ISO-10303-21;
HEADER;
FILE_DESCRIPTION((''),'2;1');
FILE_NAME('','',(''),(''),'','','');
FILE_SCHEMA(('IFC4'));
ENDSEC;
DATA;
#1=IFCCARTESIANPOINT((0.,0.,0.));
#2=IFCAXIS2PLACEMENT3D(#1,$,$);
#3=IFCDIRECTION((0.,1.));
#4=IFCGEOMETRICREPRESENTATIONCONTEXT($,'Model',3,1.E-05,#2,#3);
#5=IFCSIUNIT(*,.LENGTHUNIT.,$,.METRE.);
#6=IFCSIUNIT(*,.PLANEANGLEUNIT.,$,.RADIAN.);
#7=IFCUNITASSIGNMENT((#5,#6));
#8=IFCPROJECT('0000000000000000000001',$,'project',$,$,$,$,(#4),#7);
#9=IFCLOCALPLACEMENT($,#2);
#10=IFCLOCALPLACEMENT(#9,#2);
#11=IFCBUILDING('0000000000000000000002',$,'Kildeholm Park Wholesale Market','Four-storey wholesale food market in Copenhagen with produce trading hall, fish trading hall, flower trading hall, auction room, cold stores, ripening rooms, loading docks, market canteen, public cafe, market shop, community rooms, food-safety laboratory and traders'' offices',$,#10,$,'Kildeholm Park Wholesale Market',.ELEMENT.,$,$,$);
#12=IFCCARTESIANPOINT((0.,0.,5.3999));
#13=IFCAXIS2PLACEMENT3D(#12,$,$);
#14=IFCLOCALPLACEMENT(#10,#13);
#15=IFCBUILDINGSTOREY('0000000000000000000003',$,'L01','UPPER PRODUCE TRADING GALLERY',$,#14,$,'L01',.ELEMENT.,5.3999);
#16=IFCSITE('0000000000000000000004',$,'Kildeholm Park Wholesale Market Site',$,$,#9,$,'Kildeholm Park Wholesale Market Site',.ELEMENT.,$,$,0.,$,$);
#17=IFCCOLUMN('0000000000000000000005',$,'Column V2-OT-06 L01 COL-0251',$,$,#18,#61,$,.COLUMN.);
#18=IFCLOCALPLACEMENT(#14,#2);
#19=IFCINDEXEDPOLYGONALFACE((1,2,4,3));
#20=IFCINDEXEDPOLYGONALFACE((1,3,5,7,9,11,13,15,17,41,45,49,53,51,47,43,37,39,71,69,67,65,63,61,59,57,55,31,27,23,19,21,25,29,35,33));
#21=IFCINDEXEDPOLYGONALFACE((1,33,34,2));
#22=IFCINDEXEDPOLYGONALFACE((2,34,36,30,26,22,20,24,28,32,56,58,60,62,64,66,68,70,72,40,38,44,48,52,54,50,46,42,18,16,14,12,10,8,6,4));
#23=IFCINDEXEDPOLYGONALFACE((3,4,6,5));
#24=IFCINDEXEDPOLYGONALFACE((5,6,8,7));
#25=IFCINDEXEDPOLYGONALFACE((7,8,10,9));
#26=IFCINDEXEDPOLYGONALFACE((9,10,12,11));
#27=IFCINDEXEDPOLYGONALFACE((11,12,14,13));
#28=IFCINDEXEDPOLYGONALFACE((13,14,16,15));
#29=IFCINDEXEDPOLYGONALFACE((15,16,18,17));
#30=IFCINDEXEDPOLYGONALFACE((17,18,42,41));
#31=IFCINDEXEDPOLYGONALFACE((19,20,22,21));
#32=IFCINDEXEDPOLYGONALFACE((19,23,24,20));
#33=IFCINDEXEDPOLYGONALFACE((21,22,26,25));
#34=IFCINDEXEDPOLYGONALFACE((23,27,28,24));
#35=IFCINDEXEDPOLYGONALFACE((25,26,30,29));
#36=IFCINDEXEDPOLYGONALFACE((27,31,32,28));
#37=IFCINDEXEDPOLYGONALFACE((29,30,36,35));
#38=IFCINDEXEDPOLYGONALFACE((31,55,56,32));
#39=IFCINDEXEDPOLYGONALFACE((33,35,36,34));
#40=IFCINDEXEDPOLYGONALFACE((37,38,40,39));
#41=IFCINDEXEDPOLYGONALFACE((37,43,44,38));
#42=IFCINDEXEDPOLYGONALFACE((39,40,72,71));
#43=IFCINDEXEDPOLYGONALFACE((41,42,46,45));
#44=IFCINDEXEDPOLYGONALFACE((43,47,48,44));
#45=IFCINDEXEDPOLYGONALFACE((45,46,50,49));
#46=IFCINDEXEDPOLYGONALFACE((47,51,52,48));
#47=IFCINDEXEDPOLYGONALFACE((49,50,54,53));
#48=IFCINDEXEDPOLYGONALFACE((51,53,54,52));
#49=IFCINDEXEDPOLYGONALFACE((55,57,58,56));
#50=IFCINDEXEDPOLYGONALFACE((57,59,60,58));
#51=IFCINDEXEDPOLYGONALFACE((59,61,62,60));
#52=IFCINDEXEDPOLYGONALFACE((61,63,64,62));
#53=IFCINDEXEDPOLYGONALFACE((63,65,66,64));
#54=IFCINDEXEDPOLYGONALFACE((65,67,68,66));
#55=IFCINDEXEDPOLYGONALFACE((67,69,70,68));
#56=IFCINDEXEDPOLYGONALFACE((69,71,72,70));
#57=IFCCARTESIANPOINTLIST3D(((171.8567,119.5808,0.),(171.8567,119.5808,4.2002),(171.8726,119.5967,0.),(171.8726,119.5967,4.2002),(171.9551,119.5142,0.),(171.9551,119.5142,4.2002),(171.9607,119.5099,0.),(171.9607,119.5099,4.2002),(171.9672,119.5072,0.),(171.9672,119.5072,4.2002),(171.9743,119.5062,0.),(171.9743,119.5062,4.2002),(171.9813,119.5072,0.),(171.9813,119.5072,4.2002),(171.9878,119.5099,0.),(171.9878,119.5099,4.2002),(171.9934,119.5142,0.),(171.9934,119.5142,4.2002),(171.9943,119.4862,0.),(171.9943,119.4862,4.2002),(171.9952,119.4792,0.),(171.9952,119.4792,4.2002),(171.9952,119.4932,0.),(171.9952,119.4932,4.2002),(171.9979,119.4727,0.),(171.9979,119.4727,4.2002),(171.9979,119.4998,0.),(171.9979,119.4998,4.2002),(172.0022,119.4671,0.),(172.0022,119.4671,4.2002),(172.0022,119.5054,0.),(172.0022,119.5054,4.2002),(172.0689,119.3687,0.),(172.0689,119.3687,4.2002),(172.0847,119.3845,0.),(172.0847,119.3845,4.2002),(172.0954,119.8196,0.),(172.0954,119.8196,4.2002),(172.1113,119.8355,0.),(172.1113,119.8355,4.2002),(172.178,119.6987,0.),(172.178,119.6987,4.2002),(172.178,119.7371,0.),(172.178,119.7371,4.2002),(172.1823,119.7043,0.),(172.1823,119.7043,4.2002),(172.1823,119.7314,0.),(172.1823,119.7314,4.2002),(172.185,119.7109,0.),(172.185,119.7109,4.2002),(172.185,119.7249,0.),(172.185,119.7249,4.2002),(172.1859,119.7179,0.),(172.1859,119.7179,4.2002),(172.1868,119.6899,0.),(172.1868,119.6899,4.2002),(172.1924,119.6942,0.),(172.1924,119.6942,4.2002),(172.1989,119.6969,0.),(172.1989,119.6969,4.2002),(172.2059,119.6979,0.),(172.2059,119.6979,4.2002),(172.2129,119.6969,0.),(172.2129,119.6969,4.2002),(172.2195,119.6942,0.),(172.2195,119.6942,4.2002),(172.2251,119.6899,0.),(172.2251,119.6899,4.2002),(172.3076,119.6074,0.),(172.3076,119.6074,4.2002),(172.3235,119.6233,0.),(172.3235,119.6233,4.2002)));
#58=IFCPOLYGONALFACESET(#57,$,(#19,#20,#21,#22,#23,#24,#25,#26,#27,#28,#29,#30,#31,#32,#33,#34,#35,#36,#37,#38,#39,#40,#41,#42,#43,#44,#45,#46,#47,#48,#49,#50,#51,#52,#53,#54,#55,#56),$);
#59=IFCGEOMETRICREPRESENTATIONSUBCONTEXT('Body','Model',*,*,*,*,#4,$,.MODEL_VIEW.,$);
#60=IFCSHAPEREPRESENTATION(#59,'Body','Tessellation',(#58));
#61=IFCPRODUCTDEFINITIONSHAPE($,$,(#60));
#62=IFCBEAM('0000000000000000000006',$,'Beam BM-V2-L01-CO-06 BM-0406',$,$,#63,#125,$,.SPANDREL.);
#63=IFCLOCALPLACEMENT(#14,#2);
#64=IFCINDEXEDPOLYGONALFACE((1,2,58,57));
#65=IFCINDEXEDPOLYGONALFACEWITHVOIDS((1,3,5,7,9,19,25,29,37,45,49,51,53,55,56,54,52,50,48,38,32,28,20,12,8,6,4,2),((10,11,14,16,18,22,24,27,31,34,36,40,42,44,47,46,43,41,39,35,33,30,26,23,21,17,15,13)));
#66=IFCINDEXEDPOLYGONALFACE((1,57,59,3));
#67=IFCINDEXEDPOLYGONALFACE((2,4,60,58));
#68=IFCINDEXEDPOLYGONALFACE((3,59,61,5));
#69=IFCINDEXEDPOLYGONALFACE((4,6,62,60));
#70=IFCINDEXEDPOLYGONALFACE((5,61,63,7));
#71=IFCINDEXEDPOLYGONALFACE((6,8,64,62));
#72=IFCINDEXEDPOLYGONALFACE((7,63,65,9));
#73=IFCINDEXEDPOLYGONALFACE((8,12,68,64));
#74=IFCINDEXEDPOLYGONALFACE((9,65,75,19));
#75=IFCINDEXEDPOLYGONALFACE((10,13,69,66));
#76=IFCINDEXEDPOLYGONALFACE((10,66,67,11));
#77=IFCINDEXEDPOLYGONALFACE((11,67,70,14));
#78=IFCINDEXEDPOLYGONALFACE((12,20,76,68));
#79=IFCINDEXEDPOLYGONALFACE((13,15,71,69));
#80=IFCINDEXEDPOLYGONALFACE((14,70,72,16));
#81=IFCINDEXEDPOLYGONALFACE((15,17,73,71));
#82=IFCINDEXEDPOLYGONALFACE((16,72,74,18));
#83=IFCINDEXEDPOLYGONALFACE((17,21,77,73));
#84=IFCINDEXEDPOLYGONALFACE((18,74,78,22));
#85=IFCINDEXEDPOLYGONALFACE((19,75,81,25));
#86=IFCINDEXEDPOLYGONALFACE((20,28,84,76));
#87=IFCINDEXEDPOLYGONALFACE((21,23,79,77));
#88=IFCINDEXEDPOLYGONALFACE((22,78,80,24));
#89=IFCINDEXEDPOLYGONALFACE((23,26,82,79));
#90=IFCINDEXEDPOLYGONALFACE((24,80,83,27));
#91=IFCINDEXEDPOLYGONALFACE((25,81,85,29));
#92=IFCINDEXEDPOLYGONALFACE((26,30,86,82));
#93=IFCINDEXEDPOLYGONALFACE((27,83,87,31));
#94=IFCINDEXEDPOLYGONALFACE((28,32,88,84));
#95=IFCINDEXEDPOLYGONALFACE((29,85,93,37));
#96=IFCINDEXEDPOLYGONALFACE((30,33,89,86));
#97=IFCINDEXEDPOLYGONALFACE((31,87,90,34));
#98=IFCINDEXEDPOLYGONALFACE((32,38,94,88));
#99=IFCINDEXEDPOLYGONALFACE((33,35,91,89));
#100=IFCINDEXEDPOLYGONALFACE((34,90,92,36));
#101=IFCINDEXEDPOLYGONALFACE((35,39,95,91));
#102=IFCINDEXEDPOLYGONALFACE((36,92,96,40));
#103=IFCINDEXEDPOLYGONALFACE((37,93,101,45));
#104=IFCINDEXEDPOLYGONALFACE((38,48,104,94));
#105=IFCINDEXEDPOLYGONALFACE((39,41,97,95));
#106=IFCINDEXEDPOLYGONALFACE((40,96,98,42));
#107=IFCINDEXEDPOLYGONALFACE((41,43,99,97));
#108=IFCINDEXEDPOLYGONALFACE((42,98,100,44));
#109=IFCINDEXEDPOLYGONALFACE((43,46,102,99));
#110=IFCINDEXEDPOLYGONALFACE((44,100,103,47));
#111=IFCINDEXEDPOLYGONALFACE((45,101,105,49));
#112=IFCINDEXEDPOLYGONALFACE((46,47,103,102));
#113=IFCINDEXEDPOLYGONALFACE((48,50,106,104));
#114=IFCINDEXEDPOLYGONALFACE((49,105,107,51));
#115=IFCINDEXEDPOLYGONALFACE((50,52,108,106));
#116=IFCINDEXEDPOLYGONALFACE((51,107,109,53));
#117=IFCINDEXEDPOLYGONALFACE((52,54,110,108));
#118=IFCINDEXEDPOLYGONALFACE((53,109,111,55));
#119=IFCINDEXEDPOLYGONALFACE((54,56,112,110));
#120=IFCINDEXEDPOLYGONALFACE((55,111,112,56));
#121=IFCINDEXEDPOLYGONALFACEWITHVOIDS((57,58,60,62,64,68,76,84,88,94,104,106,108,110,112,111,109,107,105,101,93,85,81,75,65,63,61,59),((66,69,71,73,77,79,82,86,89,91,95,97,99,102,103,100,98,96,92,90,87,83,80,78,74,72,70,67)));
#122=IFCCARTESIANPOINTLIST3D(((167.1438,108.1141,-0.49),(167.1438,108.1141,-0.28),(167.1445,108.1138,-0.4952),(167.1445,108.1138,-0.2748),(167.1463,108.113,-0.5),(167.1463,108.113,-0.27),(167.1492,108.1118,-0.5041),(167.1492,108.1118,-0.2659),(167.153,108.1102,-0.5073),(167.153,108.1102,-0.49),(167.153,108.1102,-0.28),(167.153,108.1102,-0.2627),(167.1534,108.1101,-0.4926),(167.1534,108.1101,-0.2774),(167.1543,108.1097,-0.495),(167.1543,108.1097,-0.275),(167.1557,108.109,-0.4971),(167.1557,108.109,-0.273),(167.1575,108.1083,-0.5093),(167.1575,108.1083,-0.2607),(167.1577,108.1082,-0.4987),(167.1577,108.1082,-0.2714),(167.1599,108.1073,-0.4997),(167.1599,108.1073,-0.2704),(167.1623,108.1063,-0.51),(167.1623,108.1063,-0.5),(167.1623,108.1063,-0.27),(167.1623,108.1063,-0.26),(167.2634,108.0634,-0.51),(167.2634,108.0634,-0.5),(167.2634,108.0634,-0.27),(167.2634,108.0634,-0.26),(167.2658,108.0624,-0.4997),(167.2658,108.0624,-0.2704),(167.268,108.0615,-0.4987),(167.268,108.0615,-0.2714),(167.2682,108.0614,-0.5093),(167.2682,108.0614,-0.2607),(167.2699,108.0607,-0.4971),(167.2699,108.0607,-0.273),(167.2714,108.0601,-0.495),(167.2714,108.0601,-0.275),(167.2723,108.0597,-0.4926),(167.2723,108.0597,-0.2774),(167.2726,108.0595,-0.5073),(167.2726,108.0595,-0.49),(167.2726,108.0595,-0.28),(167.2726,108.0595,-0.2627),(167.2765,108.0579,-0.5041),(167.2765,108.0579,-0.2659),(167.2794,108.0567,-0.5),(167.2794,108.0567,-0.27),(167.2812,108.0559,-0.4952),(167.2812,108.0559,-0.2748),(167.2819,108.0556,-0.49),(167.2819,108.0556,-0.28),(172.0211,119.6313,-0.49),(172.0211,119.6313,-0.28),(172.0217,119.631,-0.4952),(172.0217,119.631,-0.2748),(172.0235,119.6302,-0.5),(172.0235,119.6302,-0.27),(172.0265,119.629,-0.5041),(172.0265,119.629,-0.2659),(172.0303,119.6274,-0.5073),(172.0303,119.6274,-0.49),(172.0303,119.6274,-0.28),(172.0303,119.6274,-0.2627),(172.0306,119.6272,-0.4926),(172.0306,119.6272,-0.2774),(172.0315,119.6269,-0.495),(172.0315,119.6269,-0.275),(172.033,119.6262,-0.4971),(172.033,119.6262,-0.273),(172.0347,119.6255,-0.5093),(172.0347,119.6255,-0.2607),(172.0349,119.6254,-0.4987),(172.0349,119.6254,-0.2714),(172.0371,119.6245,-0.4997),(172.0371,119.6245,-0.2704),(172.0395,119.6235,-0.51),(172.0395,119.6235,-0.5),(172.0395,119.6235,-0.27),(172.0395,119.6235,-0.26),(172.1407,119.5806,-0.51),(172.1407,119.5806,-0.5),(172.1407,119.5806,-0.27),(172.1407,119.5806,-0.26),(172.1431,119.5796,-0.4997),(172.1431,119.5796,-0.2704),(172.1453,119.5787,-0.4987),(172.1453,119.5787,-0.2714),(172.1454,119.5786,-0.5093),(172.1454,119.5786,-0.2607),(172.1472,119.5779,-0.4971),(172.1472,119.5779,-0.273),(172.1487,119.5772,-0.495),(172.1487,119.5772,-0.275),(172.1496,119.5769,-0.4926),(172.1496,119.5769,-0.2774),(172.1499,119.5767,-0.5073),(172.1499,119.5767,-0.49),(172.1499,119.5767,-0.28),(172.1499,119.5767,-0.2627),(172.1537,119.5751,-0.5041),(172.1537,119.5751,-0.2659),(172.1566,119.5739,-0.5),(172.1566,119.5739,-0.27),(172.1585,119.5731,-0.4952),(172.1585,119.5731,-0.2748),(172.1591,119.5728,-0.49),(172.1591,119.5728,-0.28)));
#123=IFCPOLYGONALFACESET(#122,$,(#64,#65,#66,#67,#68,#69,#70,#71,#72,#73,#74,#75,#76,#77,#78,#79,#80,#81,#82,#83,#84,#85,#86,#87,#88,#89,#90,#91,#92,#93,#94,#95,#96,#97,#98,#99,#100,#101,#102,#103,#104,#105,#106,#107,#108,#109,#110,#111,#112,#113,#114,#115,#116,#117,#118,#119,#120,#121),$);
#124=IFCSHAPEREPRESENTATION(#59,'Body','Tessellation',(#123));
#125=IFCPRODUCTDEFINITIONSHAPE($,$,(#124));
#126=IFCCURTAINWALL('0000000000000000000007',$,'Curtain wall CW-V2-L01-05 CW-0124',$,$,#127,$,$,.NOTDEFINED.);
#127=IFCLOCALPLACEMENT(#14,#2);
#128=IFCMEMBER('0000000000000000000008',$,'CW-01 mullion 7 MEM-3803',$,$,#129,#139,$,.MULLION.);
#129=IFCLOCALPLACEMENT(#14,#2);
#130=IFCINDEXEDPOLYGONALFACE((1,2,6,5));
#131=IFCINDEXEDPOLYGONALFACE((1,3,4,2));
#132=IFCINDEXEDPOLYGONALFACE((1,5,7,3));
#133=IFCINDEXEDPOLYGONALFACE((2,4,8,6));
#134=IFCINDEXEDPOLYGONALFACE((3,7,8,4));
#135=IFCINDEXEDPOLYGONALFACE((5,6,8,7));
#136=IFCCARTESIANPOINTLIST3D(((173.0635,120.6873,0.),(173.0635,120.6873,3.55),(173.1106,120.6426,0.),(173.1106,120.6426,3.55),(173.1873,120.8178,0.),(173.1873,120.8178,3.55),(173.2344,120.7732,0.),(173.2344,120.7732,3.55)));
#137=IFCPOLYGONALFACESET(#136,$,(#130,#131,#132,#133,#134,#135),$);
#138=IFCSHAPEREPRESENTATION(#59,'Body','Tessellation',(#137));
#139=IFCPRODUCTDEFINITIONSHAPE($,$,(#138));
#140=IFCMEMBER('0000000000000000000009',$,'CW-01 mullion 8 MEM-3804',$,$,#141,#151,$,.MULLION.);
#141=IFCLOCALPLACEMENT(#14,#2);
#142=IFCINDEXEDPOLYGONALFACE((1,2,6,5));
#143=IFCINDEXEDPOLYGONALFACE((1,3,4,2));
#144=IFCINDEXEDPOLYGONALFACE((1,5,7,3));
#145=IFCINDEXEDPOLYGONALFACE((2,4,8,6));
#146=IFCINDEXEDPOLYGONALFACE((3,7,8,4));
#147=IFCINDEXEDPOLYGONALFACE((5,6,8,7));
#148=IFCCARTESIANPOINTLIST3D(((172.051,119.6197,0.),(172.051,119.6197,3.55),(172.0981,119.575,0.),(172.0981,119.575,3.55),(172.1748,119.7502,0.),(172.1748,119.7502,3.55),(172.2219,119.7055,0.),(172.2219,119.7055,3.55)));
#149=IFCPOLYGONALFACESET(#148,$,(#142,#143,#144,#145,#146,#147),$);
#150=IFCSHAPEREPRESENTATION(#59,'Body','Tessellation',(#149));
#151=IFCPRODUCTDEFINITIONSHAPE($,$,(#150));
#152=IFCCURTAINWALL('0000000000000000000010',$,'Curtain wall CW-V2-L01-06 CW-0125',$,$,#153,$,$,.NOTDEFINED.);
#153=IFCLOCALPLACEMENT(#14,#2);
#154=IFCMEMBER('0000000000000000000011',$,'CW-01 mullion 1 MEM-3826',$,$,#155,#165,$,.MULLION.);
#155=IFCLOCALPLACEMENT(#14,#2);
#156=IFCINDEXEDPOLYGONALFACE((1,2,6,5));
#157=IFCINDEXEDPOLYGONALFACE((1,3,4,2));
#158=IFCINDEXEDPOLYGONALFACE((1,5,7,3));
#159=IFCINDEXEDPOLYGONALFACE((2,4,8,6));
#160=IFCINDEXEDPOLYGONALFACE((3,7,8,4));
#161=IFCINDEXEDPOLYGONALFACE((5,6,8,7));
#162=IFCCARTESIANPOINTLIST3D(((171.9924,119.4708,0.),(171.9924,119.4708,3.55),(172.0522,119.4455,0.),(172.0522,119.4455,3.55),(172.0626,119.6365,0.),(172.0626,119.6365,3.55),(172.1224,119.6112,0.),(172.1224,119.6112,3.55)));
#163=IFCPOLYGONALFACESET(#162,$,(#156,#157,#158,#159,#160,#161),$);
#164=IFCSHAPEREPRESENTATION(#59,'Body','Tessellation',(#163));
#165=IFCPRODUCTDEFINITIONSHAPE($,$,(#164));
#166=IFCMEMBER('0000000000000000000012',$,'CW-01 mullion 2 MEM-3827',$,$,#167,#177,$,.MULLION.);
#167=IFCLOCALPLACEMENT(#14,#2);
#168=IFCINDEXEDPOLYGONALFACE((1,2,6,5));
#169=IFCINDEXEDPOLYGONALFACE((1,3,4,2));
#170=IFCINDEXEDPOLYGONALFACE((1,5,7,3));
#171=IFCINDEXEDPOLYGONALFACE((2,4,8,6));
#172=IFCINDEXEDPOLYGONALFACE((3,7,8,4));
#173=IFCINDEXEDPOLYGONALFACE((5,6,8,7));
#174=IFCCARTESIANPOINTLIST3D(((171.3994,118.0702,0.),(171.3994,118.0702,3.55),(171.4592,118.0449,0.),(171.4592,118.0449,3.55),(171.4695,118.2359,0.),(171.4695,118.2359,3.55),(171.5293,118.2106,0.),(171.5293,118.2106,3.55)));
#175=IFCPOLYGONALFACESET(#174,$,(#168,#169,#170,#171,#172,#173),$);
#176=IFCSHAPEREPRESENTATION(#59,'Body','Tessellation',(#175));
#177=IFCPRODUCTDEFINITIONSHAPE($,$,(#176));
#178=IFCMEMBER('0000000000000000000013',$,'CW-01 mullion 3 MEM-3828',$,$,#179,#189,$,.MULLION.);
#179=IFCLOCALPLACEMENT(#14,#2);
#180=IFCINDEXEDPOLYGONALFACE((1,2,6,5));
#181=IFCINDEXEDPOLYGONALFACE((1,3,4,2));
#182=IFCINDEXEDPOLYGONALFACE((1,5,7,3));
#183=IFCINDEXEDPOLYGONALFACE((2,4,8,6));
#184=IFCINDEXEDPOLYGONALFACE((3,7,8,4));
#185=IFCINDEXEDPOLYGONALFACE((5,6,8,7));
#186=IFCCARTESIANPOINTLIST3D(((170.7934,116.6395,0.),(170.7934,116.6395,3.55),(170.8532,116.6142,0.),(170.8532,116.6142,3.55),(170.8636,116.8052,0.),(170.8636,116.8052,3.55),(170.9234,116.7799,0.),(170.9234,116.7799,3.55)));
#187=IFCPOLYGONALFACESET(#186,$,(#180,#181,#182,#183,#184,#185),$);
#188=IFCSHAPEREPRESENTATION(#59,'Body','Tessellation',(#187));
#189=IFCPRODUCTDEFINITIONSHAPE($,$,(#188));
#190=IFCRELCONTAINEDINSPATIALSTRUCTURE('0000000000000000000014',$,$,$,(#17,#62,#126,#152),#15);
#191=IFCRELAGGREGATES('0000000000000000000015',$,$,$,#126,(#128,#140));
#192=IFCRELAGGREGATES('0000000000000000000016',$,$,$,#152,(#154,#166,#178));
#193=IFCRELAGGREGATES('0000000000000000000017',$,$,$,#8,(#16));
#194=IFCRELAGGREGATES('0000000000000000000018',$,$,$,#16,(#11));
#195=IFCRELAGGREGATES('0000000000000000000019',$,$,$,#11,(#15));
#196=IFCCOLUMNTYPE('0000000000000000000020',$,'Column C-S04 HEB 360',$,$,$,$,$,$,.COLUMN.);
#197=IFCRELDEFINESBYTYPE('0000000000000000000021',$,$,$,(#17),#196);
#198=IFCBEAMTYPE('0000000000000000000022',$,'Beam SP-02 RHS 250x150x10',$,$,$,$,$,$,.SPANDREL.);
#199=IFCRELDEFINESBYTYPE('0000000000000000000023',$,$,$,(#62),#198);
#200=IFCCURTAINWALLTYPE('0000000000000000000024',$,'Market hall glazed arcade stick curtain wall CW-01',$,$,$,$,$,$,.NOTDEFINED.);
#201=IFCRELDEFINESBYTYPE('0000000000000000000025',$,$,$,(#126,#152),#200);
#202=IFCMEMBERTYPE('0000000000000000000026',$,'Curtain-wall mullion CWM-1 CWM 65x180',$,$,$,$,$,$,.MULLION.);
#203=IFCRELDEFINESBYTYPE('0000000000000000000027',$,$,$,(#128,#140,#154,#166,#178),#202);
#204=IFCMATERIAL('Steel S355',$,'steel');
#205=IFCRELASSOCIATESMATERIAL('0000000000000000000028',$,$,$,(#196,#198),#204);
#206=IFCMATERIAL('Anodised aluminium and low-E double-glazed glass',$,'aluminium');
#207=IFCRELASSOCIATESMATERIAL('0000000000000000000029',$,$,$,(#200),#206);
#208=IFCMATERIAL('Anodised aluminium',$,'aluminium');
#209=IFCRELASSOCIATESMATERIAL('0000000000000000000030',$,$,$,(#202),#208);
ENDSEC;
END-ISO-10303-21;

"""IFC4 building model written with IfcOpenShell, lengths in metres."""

from ifc_helpers import new_model, si_unit, direction, frame, origin, origin_2d, place, context, subcontext, project, spatial, rectangle, hollow_rectangle, i_section, extrude, material, material_profile, profile_set, type_object, element, aggregate, save


model = new_model("IFC4")

# Units and contexts
model_context = context("Model", 3, precision=1e-05, world=origin(), true_north=direction((0.0, 1.0)))
body_context = subcontext(model_context, "Body", "Model", "MODEL_VIEW")
ifc_project = project(units=[si_unit("LENGTHUNIT", "METRE"), si_unit("PLANEANGLEUNIT", "RADIAN")], contexts=[model_context])

# Site, building, storey
site_placement = place(None, origin())
site = spatial("IfcSite", under=ifc_project, at=site_placement, Name="Kildeholm Park Wholesale Market Site", LongName="Kildeholm Park Wholesale Market Site", CompositionType="ELEMENT", RefElevation=0.0)
building_placement = place(site_placement, origin())
building = spatial("IfcBuilding", under=site, at=building_placement, Name="Kildeholm Park Wholesale Market", Description="Four-storey wholesale food market in Copenhagen with produce trading hall, fish trading hall, flower trading hall, auction room, cold stores, ripening rooms, loading docks, market canteen, public cafe, market shop, community rooms, food-safety laboratory and traders' offices", LongName="Kildeholm Park Wholesale Market", CompositionType="ELEMENT")
storey_placement = place(building_placement, frame((0.0, 0.0, 5.3999)))
storey = spatial("IfcBuildingStorey", under=building, at=storey_placement, Name="L01", Description="UPPER PRODUCE TRADING GALLERY", LongName="L01", CompositionType="ELEMENT", Elevation=5.3999)

# Column
ifc_material_1 = material(Name="Steel S355", Category="steel")
ifc_material_profile_1 = material_profile(ifc_material_1, i_section(OverallWidth=0.3, OverallDepth=0.3601, WebThickness=0.0125, FlangeThickness=0.0225, FilletRadius=0.0271, at=origin_2d()), Name="HEB 360")
ifc_profile_set_1 = profile_set([ifc_material_profile_1], Name="Steel S355")
column_type = type_object("IfcColumnType", Name="Column C-S04 HEB 360", PredefinedType="COLUMN", material=ifc_profile_set_1)
column_placement = place(storey_placement, frame((172.0901, 119.6021, 0.0), z_axis=(0.0, 0.0, 1.0), x_axis=(-0.707107, 0.707107, 0.0)))
element("IfcColumn", 1, at=column_placement, inside=storey, type_object=column_type, Name="Column V2-OT-06 L01 COL-0251", PredefinedType="COLUMN", context=body_context, shape_type="SweptSolid", body=[
    extrude(i_section(OverallWidth=0.3, OverallDepth=0.3601, WebThickness=0.0125, FlangeThickness=0.0225, FilletRadius=0.0271, at=origin_2d()), origin(), (0.0, 0.0, 1.0), 4.2002),
])

# Beam
ifc_material_profile_2 = material_profile(ifc_material_1, hollow_rectangle(XDim=0.1499, YDim=0.25, WallThickness=0.01, InnerFilletRadius=0.01, OuterFilletRadius=0.02, at=origin_2d()), Name="RHS 250x150x10")
ifc_profile_set_2 = profile_set([ifc_material_profile_2], Name="Steel S355")
beam_type = type_object("IfcBeamType", Name="Beam SP-02 RHS 250x150x10", PredefinedType="SPANDREL", material=ifc_profile_set_2)
beam_placement = place(storey_placement, frame((172.0901, 119.6021, -0.385), z_axis=(-0.389951, -0.920836, 0.0), x_axis=(0.920836, -0.389951, 0.0)))
element("IfcBeam", 2, at=beam_placement, inside=storey, type_object=beam_type, Name="Beam BM-V2-L01-CO-06 BM-0406", PredefinedType="SPANDREL", context=body_context, shape_type="SweptSolid", body=[
    extrude(hollow_rectangle(XDim=0.1499, YDim=0.25, WallThickness=0.01, InnerFilletRadius=0.01, OuterFilletRadius=0.02, at=origin_2d()), origin(), (0.0, 0.0, 1.0), 12.5073),
])

# Curtain walls, members
ifc_material_2 = material(Name="Anodised aluminium and low-E double-glazed glass", Category="aluminium")
curtain_wall_type = type_object("IfcCurtainWallType", Name="Market hall glazed arcade stick curtain wall CW-01", PredefinedType="NOTDEFINED", material=ifc_material_2)
curtain_wall_1_placement = place(storey_placement, origin())
curtain_wall_1 = element("IfcCurtainWall", 3, at=curtain_wall_1_placement, inside=storey, type_object=curtain_wall_type, Name="Curtain wall CW-V2-L01-05 CW-0124", PredefinedType="NOTDEFINED")
ifc_material_3 = material(Name="Anodised aluminium", Category="aluminium")
ifc_material_profile_3 = material_profile(ifc_material_3, rectangle(XDim=0.0649, YDim=0.1799, at=origin_2d()), Name="CWM 65x180")
ifc_profile_set_3 = profile_set([ifc_material_profile_3], Name="Anodised aluminium")
member_type_1 = type_object("IfcMemberType", Name="Curtain-wall mullion CWM-1 CWM 65x180", PredefinedType="MULLION", material=ifc_profile_set_3)
member_1_placement = place(storey_placement, frame((173.1489, 120.7302, 0.0), z_axis=(0.0, 0.0, 1.0), x_axis=(0.725571, -0.688148, 0.0)))
member_1 = element("IfcMember", 4, at=member_1_placement, type_object=member_type_1, Name="CW-01 mullion 7 MEM-3803", PredefinedType="MULLION", context=body_context, shape_type="SweptSolid", body=[
    extrude(rectangle(XDim=0.0649, YDim=0.1799, at=origin_2d()), origin(), (0.0, 0.0, 1.0), 3.55),
])
member_2_placement = place(storey_placement, frame((172.1365, 119.6626, 0.0), z_axis=(0.0, 0.0, 1.0), x_axis=(0.725571, -0.688148, 0.0)))
member_2 = element("IfcMember", 5, at=member_2_placement, type_object=member_type_1, Name="CW-01 mullion 8 MEM-3804", PredefinedType="MULLION", context=body_context, shape_type="SweptSolid", body=[
    extrude(rectangle(XDim=0.0649, YDim=0.1799, at=origin_2d()), origin(), (0.0, 0.0, 1.0), 3.55),
])
curtain_wall_2_placement = place(storey_placement, origin())
curtain_wall_2 = element("IfcCurtainWall", 6, at=curtain_wall_2_placement, inside=storey, type_object=curtain_wall_type, Name="Curtain wall CW-V2-L01-06 CW-0125", PredefinedType="NOTDEFINED")
member_3_placement = place(storey_placement, frame((172.0574, 119.541, 0.0), z_axis=(0.0, 0.0, 1.0), x_axis=(0.920855, -0.389905, 0.0)))
member_3 = element("IfcMember", 7, at=member_3_placement, type_object=member_type_1, Name="CW-01 mullion 1 MEM-3826", PredefinedType="MULLION", context=body_context, shape_type="SweptSolid", body=[
    extrude(rectangle(XDim=0.0649, YDim=0.1799, at=origin_2d()), origin(), (0.0, 0.0, 1.0), 3.55),
])
member_4_placement = place(storey_placement, frame((171.4644, 118.1404, 0.0), z_axis=(0.0, 0.0, 1.0), x_axis=(0.920855, -0.389905, 0.0)))
member_4 = element("IfcMember", 8, at=member_4_placement, type_object=member_type_1, Name="CW-01 mullion 2 MEM-3827", PredefinedType="MULLION", context=body_context, shape_type="SweptSolid", body=[
    extrude(rectangle(XDim=0.0649, YDim=0.1799, at=origin_2d()), origin(), (0.0, 0.0, 1.0), 3.55),
])
member_5_placement = place(storey_placement, frame((170.8584, 116.7097, 0.0), z_axis=(0.0, 0.0, 1.0), x_axis=(0.920855, -0.389905, 0.0)))
member_5 = element("IfcMember", 9, at=member_5_placement, type_object=member_type_1, Name="CW-01 mullion 3 MEM-3828", PredefinedType="MULLION", context=body_context, shape_type="SweptSolid", body=[
    extrude(rectangle(XDim=0.0649, YDim=0.1799, at=origin_2d()), origin(), (0.0, 0.0, 1.0), 3.55),
])

aggregate(curtain_wall_1, [member_1, member_2])
aggregate(curtain_wall_2, [member_3, member_4, member_5])

save(model, "model.ifc")
